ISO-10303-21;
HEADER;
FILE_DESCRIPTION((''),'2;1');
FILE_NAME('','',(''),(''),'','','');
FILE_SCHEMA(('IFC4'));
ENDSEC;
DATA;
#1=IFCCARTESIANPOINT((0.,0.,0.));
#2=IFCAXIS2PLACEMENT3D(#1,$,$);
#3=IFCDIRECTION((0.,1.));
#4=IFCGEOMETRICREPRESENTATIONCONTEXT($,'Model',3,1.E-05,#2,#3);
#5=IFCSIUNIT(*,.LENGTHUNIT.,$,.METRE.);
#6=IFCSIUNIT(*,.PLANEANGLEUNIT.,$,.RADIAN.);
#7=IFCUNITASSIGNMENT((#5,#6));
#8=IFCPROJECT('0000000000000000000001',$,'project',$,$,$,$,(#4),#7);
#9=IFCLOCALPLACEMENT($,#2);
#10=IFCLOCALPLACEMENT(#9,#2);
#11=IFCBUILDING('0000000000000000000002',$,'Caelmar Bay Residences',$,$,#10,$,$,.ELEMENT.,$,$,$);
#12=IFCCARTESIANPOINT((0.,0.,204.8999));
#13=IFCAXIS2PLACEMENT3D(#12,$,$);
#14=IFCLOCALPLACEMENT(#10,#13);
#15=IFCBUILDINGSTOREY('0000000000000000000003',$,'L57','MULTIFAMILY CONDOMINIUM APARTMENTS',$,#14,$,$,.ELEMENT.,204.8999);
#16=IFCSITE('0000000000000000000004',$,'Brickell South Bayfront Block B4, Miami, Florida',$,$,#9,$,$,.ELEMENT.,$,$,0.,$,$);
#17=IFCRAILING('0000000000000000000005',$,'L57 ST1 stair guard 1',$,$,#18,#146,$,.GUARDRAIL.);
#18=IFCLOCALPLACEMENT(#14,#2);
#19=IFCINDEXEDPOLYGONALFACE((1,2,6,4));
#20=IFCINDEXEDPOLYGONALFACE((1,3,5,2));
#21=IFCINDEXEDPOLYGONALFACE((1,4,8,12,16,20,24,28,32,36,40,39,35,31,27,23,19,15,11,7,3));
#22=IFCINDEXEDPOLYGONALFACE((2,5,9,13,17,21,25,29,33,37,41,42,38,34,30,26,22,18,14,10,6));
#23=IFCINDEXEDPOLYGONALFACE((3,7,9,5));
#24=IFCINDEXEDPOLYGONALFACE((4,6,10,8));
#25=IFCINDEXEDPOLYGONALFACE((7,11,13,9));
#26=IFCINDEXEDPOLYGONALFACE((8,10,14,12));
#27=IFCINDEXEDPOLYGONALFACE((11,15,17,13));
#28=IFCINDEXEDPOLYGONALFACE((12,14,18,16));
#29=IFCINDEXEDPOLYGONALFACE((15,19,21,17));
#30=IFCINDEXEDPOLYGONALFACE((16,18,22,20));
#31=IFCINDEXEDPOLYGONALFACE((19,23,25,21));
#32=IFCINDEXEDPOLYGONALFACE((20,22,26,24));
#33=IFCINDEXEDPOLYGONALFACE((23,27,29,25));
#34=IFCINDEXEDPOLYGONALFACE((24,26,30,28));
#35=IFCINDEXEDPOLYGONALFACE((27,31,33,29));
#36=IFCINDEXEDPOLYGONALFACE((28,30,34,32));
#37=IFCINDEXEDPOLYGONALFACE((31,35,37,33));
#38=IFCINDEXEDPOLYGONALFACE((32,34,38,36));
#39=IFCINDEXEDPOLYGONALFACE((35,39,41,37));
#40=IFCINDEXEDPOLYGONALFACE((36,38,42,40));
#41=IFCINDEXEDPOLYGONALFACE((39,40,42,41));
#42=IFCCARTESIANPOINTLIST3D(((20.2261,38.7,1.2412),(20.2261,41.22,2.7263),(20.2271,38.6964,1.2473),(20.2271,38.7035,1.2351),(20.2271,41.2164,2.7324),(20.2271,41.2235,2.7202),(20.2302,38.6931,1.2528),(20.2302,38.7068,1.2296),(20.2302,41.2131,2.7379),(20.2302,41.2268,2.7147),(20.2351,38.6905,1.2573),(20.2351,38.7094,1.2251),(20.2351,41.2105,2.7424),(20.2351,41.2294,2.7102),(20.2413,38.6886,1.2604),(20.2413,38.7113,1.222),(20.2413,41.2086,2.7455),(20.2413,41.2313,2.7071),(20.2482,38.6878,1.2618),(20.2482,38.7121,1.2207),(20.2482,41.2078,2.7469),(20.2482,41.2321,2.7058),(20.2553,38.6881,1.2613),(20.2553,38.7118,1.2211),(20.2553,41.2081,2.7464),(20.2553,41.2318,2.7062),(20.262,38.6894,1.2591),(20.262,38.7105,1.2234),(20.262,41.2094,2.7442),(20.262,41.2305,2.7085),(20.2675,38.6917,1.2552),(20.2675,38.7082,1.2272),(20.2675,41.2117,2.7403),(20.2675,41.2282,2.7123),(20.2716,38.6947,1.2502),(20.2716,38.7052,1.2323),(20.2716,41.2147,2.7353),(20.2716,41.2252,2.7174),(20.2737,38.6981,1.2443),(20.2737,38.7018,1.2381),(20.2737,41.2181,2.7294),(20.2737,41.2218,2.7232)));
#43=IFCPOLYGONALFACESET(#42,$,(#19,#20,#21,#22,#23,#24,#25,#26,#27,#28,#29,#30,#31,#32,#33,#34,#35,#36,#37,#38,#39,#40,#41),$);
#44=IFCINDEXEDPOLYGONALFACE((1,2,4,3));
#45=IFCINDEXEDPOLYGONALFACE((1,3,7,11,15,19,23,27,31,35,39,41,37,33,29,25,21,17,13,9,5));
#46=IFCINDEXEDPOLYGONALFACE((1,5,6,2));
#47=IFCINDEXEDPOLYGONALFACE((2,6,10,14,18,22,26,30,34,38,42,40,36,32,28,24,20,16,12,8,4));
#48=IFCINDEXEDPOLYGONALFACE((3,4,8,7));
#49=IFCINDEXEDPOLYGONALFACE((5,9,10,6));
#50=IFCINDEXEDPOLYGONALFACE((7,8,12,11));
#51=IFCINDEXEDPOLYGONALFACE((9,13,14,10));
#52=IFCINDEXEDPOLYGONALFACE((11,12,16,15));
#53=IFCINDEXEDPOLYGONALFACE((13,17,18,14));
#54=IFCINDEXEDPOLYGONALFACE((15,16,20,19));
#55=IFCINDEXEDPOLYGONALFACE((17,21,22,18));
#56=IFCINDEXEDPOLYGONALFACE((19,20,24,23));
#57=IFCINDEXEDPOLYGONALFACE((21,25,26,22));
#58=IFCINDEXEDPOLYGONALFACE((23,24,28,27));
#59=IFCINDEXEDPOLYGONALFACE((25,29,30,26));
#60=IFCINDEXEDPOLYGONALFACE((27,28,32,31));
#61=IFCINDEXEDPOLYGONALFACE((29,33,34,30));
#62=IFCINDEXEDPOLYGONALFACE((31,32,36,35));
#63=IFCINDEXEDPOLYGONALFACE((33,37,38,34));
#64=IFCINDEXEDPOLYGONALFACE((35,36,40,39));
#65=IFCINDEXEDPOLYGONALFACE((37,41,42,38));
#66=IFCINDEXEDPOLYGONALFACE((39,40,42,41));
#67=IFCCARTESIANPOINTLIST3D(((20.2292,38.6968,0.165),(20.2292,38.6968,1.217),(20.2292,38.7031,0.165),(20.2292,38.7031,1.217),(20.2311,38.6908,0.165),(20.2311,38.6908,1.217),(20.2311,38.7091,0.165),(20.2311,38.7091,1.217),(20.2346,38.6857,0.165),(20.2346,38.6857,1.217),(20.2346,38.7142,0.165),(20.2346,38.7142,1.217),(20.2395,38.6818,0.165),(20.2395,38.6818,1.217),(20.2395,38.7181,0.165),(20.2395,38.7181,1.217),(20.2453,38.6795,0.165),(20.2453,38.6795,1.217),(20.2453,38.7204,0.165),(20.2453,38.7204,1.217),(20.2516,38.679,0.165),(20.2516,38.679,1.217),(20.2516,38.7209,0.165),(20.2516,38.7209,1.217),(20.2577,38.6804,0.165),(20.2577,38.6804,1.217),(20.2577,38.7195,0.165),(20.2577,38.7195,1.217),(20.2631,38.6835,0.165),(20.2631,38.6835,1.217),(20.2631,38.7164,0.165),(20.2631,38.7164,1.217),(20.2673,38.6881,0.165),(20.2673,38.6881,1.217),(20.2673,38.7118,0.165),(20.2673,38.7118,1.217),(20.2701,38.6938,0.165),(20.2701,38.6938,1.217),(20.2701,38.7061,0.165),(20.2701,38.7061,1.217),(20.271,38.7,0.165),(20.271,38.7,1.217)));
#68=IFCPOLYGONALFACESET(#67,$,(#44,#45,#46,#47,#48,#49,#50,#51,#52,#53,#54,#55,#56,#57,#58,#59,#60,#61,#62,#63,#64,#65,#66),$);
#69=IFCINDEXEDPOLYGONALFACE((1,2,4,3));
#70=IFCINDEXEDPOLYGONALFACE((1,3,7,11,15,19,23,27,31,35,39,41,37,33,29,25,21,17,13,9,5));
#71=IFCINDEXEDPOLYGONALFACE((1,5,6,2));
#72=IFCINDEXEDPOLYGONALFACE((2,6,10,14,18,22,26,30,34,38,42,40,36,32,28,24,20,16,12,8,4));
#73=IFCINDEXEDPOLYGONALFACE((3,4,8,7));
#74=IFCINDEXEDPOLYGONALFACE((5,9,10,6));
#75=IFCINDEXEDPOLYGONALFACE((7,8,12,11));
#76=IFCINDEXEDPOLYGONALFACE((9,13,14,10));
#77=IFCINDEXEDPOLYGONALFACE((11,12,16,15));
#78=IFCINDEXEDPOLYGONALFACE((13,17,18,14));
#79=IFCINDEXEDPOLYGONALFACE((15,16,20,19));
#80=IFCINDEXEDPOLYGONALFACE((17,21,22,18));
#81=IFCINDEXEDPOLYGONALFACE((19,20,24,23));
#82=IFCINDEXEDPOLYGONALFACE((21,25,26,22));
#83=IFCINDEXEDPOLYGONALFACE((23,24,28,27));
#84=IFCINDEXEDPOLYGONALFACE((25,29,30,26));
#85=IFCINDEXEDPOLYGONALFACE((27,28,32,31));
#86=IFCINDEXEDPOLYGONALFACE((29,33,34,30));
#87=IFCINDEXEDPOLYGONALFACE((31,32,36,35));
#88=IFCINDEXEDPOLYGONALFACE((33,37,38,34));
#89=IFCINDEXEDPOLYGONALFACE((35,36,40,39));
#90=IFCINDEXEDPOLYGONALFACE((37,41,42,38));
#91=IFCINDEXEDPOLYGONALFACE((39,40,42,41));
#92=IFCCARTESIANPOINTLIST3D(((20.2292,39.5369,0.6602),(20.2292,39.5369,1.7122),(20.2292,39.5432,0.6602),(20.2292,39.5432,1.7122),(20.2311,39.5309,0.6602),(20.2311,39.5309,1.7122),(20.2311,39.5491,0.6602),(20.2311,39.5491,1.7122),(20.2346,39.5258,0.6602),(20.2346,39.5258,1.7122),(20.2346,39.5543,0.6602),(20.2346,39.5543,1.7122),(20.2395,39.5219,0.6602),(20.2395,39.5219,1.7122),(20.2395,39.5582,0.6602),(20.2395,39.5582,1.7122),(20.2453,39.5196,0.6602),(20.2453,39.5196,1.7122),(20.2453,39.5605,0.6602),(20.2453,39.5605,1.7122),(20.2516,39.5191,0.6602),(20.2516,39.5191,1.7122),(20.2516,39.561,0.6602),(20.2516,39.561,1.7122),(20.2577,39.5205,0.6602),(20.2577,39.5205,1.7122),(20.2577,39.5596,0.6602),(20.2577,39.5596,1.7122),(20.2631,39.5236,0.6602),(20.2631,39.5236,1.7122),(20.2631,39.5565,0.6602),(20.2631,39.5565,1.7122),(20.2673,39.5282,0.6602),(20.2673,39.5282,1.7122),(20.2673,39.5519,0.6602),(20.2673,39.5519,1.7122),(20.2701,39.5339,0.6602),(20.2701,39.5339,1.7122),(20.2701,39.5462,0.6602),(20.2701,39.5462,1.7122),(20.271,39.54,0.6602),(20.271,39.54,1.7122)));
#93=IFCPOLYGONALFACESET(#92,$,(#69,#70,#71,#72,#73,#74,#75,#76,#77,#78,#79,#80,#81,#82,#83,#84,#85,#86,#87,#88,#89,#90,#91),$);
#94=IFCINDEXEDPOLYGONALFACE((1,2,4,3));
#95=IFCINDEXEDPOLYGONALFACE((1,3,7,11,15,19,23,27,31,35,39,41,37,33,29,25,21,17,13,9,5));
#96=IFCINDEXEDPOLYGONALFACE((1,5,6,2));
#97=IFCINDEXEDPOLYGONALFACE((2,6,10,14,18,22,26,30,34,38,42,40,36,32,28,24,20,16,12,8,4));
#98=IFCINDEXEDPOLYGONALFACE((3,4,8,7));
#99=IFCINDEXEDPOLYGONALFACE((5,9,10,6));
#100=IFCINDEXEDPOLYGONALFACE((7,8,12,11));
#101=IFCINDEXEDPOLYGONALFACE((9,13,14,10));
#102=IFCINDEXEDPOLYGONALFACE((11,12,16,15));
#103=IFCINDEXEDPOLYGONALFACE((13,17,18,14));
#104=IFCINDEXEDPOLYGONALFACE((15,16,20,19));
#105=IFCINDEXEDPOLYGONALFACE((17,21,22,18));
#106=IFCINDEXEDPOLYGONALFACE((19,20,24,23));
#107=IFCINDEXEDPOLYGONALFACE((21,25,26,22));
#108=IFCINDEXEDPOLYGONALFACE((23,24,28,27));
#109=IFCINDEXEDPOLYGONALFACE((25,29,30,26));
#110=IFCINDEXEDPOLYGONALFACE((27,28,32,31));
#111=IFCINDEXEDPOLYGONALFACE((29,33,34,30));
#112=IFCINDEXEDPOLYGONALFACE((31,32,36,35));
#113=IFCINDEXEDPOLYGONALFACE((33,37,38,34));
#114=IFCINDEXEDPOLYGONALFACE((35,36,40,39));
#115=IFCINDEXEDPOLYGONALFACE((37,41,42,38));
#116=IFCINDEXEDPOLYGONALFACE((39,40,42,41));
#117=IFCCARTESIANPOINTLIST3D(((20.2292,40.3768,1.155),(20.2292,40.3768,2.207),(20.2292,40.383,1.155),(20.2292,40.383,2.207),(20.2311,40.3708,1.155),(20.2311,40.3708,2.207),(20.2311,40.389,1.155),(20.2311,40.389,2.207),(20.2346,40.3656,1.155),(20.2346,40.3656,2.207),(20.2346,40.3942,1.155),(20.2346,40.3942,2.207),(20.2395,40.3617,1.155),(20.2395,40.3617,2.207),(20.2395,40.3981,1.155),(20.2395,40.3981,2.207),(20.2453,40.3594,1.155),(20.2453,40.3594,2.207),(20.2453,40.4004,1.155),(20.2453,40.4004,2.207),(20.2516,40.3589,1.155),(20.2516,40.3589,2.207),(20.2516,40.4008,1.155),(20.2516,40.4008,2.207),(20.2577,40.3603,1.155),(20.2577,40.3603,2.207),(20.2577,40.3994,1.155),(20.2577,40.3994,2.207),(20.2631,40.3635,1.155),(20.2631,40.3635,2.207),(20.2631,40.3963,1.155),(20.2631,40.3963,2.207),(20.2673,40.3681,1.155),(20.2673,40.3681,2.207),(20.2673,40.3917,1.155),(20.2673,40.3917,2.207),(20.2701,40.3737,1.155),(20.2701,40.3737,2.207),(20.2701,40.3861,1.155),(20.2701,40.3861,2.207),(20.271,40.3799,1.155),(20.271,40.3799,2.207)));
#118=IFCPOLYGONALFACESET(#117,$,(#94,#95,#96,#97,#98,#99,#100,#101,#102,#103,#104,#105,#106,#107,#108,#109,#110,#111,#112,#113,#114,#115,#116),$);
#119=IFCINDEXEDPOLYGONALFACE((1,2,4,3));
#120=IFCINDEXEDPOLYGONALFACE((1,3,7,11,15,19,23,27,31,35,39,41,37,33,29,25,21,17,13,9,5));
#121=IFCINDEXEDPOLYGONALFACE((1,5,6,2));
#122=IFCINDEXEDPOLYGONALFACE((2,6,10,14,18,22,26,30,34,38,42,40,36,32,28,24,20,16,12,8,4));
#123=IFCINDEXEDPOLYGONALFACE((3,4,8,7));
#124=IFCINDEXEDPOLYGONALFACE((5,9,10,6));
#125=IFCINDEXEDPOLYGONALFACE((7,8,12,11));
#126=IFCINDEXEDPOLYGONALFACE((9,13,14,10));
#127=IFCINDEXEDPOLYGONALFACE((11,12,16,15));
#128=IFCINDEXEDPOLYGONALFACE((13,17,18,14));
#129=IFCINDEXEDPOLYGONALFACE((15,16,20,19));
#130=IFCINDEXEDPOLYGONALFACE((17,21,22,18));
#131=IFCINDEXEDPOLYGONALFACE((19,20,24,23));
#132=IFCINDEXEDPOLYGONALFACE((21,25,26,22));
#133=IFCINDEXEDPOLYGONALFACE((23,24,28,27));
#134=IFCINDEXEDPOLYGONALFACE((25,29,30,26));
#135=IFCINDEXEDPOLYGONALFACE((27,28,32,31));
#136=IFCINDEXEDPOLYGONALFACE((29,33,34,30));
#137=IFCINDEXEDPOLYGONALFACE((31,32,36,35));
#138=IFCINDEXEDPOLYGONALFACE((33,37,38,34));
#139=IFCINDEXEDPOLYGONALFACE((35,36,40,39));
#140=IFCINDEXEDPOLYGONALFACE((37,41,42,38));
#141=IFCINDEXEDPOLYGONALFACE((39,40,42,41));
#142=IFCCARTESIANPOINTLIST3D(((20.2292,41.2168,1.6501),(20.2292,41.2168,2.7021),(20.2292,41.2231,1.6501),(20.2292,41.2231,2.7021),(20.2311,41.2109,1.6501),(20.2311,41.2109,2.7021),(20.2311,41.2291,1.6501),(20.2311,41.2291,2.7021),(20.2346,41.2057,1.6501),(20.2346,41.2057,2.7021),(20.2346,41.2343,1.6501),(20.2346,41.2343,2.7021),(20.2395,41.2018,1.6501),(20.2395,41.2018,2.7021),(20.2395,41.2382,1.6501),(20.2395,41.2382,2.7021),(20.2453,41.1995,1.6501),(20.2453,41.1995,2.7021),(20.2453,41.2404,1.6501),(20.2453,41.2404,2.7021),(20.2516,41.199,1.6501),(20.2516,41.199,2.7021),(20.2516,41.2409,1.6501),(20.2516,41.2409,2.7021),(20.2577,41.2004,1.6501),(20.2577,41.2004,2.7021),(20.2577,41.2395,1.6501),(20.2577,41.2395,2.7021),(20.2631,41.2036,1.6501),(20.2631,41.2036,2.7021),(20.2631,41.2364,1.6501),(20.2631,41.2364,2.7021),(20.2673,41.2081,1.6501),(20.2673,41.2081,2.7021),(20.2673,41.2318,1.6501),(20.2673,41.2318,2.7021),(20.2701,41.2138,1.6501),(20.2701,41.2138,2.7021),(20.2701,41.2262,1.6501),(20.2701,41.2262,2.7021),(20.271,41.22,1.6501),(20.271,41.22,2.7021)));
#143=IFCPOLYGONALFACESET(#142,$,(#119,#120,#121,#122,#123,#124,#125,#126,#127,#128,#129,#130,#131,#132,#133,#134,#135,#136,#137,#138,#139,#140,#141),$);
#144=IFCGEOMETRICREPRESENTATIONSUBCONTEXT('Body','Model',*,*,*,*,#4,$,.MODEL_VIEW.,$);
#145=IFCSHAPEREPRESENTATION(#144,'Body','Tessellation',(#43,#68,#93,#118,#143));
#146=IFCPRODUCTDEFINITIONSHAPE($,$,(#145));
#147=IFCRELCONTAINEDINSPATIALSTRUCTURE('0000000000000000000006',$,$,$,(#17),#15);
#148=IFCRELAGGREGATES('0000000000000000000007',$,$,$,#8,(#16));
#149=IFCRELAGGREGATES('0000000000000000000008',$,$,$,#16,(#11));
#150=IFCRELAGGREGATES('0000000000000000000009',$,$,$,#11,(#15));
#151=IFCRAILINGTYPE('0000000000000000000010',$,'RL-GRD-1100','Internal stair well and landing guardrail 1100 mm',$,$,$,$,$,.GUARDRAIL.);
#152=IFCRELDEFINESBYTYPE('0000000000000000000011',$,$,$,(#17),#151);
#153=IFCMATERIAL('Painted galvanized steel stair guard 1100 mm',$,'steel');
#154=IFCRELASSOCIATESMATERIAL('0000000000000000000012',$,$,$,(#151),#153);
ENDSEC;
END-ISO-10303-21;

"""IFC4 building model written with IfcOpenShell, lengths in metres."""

from ifc_helpers import new_model, si_unit, direction, frame, origin, origin_2d, place, context, subcontext, project, spatial, circle, extrude, material, type_object, element, save


model = new_model("IFC4")

# Units and contexts
model_context = context("Model", 3, precision=1e-05, world=origin(), true_north=direction((0.0, 1.0)))
body_context = subcontext(model_context, "Body", "Model", "MODEL_VIEW")
ifc_project = project(units=[si_unit("LENGTHUNIT", "METRE"), si_unit("PLANEANGLEUNIT", "RADIAN")], contexts=[model_context])

# Site, building, storey
site_placement = place(None, origin())
site = spatial("IfcSite", under=ifc_project, at=site_placement, Name="Brickell South Bayfront Block B4, Miami, Florida", CompositionType="ELEMENT", RefElevation=0.0)
building_placement = place(site_placement, origin())
building = spatial("IfcBuilding", under=site, at=building_placement, Name="Caelmar Bay Residences", CompositionType="ELEMENT")
storey_placement = place(building_placement, frame((0.0, 0.0, 204.8999)))
storey = spatial("IfcBuildingStorey", under=building, at=storey_placement, Name="L57", Description="MULTIFAMILY CONDOMINIUM APARTMENTS", CompositionType="ELEMENT", Elevation=204.8999)

# Railing
ifc_material_1 = material(Name="Painted galvanized steel stair guard 1100 mm", Category="steel")
railing_type_1 = type_object("IfcRailingType", Name="RL-GRD-1100", Description="Internal stair well and landing guardrail 1100 mm", PredefinedType="GUARDRAIL", material=ifc_material_1)
railing_1_placement = place(storey_placement, frame((20.25, 38.7, 0.165)))
element("IfcRailing", 1, at=railing_1_placement, inside=storey, type_object=railing_type_1, Name="L57 ST1 stair guard 1", PredefinedType="GUARDRAIL", context=body_context, shape_type="SweptSolid", body=[
    extrude(circle(Radius=0.0239, at=origin_2d()), frame((0.0, 0.0, 1.0762), z_axis=(0.0, 0.861524, 0.507717), x_axis=(-1.0, 0.0, 0.0)), (0.0, 0.0, 1.0), 2.925),
    extrude(circle(Radius=0.021, at=origin_2d()), origin(), (0.0, 0.0, 1.0), 1.052),
    extrude(circle(Radius=0.021, at=origin_2d()), frame((0.0, 0.8401, 0.4951)), (0.0, 0.0, 1.0), 1.052),
    extrude(circle(Radius=0.021, at=origin_2d()), frame((0.0, 1.6799, 0.99)), (0.0, 0.0, 1.0), 1.052),
    extrude(circle(Radius=0.021, at=origin_2d()), frame((0.0, 2.52, 1.4851)), (0.0, 0.0, 1.0), 1.052),
])

save(model, "model.ifc")
